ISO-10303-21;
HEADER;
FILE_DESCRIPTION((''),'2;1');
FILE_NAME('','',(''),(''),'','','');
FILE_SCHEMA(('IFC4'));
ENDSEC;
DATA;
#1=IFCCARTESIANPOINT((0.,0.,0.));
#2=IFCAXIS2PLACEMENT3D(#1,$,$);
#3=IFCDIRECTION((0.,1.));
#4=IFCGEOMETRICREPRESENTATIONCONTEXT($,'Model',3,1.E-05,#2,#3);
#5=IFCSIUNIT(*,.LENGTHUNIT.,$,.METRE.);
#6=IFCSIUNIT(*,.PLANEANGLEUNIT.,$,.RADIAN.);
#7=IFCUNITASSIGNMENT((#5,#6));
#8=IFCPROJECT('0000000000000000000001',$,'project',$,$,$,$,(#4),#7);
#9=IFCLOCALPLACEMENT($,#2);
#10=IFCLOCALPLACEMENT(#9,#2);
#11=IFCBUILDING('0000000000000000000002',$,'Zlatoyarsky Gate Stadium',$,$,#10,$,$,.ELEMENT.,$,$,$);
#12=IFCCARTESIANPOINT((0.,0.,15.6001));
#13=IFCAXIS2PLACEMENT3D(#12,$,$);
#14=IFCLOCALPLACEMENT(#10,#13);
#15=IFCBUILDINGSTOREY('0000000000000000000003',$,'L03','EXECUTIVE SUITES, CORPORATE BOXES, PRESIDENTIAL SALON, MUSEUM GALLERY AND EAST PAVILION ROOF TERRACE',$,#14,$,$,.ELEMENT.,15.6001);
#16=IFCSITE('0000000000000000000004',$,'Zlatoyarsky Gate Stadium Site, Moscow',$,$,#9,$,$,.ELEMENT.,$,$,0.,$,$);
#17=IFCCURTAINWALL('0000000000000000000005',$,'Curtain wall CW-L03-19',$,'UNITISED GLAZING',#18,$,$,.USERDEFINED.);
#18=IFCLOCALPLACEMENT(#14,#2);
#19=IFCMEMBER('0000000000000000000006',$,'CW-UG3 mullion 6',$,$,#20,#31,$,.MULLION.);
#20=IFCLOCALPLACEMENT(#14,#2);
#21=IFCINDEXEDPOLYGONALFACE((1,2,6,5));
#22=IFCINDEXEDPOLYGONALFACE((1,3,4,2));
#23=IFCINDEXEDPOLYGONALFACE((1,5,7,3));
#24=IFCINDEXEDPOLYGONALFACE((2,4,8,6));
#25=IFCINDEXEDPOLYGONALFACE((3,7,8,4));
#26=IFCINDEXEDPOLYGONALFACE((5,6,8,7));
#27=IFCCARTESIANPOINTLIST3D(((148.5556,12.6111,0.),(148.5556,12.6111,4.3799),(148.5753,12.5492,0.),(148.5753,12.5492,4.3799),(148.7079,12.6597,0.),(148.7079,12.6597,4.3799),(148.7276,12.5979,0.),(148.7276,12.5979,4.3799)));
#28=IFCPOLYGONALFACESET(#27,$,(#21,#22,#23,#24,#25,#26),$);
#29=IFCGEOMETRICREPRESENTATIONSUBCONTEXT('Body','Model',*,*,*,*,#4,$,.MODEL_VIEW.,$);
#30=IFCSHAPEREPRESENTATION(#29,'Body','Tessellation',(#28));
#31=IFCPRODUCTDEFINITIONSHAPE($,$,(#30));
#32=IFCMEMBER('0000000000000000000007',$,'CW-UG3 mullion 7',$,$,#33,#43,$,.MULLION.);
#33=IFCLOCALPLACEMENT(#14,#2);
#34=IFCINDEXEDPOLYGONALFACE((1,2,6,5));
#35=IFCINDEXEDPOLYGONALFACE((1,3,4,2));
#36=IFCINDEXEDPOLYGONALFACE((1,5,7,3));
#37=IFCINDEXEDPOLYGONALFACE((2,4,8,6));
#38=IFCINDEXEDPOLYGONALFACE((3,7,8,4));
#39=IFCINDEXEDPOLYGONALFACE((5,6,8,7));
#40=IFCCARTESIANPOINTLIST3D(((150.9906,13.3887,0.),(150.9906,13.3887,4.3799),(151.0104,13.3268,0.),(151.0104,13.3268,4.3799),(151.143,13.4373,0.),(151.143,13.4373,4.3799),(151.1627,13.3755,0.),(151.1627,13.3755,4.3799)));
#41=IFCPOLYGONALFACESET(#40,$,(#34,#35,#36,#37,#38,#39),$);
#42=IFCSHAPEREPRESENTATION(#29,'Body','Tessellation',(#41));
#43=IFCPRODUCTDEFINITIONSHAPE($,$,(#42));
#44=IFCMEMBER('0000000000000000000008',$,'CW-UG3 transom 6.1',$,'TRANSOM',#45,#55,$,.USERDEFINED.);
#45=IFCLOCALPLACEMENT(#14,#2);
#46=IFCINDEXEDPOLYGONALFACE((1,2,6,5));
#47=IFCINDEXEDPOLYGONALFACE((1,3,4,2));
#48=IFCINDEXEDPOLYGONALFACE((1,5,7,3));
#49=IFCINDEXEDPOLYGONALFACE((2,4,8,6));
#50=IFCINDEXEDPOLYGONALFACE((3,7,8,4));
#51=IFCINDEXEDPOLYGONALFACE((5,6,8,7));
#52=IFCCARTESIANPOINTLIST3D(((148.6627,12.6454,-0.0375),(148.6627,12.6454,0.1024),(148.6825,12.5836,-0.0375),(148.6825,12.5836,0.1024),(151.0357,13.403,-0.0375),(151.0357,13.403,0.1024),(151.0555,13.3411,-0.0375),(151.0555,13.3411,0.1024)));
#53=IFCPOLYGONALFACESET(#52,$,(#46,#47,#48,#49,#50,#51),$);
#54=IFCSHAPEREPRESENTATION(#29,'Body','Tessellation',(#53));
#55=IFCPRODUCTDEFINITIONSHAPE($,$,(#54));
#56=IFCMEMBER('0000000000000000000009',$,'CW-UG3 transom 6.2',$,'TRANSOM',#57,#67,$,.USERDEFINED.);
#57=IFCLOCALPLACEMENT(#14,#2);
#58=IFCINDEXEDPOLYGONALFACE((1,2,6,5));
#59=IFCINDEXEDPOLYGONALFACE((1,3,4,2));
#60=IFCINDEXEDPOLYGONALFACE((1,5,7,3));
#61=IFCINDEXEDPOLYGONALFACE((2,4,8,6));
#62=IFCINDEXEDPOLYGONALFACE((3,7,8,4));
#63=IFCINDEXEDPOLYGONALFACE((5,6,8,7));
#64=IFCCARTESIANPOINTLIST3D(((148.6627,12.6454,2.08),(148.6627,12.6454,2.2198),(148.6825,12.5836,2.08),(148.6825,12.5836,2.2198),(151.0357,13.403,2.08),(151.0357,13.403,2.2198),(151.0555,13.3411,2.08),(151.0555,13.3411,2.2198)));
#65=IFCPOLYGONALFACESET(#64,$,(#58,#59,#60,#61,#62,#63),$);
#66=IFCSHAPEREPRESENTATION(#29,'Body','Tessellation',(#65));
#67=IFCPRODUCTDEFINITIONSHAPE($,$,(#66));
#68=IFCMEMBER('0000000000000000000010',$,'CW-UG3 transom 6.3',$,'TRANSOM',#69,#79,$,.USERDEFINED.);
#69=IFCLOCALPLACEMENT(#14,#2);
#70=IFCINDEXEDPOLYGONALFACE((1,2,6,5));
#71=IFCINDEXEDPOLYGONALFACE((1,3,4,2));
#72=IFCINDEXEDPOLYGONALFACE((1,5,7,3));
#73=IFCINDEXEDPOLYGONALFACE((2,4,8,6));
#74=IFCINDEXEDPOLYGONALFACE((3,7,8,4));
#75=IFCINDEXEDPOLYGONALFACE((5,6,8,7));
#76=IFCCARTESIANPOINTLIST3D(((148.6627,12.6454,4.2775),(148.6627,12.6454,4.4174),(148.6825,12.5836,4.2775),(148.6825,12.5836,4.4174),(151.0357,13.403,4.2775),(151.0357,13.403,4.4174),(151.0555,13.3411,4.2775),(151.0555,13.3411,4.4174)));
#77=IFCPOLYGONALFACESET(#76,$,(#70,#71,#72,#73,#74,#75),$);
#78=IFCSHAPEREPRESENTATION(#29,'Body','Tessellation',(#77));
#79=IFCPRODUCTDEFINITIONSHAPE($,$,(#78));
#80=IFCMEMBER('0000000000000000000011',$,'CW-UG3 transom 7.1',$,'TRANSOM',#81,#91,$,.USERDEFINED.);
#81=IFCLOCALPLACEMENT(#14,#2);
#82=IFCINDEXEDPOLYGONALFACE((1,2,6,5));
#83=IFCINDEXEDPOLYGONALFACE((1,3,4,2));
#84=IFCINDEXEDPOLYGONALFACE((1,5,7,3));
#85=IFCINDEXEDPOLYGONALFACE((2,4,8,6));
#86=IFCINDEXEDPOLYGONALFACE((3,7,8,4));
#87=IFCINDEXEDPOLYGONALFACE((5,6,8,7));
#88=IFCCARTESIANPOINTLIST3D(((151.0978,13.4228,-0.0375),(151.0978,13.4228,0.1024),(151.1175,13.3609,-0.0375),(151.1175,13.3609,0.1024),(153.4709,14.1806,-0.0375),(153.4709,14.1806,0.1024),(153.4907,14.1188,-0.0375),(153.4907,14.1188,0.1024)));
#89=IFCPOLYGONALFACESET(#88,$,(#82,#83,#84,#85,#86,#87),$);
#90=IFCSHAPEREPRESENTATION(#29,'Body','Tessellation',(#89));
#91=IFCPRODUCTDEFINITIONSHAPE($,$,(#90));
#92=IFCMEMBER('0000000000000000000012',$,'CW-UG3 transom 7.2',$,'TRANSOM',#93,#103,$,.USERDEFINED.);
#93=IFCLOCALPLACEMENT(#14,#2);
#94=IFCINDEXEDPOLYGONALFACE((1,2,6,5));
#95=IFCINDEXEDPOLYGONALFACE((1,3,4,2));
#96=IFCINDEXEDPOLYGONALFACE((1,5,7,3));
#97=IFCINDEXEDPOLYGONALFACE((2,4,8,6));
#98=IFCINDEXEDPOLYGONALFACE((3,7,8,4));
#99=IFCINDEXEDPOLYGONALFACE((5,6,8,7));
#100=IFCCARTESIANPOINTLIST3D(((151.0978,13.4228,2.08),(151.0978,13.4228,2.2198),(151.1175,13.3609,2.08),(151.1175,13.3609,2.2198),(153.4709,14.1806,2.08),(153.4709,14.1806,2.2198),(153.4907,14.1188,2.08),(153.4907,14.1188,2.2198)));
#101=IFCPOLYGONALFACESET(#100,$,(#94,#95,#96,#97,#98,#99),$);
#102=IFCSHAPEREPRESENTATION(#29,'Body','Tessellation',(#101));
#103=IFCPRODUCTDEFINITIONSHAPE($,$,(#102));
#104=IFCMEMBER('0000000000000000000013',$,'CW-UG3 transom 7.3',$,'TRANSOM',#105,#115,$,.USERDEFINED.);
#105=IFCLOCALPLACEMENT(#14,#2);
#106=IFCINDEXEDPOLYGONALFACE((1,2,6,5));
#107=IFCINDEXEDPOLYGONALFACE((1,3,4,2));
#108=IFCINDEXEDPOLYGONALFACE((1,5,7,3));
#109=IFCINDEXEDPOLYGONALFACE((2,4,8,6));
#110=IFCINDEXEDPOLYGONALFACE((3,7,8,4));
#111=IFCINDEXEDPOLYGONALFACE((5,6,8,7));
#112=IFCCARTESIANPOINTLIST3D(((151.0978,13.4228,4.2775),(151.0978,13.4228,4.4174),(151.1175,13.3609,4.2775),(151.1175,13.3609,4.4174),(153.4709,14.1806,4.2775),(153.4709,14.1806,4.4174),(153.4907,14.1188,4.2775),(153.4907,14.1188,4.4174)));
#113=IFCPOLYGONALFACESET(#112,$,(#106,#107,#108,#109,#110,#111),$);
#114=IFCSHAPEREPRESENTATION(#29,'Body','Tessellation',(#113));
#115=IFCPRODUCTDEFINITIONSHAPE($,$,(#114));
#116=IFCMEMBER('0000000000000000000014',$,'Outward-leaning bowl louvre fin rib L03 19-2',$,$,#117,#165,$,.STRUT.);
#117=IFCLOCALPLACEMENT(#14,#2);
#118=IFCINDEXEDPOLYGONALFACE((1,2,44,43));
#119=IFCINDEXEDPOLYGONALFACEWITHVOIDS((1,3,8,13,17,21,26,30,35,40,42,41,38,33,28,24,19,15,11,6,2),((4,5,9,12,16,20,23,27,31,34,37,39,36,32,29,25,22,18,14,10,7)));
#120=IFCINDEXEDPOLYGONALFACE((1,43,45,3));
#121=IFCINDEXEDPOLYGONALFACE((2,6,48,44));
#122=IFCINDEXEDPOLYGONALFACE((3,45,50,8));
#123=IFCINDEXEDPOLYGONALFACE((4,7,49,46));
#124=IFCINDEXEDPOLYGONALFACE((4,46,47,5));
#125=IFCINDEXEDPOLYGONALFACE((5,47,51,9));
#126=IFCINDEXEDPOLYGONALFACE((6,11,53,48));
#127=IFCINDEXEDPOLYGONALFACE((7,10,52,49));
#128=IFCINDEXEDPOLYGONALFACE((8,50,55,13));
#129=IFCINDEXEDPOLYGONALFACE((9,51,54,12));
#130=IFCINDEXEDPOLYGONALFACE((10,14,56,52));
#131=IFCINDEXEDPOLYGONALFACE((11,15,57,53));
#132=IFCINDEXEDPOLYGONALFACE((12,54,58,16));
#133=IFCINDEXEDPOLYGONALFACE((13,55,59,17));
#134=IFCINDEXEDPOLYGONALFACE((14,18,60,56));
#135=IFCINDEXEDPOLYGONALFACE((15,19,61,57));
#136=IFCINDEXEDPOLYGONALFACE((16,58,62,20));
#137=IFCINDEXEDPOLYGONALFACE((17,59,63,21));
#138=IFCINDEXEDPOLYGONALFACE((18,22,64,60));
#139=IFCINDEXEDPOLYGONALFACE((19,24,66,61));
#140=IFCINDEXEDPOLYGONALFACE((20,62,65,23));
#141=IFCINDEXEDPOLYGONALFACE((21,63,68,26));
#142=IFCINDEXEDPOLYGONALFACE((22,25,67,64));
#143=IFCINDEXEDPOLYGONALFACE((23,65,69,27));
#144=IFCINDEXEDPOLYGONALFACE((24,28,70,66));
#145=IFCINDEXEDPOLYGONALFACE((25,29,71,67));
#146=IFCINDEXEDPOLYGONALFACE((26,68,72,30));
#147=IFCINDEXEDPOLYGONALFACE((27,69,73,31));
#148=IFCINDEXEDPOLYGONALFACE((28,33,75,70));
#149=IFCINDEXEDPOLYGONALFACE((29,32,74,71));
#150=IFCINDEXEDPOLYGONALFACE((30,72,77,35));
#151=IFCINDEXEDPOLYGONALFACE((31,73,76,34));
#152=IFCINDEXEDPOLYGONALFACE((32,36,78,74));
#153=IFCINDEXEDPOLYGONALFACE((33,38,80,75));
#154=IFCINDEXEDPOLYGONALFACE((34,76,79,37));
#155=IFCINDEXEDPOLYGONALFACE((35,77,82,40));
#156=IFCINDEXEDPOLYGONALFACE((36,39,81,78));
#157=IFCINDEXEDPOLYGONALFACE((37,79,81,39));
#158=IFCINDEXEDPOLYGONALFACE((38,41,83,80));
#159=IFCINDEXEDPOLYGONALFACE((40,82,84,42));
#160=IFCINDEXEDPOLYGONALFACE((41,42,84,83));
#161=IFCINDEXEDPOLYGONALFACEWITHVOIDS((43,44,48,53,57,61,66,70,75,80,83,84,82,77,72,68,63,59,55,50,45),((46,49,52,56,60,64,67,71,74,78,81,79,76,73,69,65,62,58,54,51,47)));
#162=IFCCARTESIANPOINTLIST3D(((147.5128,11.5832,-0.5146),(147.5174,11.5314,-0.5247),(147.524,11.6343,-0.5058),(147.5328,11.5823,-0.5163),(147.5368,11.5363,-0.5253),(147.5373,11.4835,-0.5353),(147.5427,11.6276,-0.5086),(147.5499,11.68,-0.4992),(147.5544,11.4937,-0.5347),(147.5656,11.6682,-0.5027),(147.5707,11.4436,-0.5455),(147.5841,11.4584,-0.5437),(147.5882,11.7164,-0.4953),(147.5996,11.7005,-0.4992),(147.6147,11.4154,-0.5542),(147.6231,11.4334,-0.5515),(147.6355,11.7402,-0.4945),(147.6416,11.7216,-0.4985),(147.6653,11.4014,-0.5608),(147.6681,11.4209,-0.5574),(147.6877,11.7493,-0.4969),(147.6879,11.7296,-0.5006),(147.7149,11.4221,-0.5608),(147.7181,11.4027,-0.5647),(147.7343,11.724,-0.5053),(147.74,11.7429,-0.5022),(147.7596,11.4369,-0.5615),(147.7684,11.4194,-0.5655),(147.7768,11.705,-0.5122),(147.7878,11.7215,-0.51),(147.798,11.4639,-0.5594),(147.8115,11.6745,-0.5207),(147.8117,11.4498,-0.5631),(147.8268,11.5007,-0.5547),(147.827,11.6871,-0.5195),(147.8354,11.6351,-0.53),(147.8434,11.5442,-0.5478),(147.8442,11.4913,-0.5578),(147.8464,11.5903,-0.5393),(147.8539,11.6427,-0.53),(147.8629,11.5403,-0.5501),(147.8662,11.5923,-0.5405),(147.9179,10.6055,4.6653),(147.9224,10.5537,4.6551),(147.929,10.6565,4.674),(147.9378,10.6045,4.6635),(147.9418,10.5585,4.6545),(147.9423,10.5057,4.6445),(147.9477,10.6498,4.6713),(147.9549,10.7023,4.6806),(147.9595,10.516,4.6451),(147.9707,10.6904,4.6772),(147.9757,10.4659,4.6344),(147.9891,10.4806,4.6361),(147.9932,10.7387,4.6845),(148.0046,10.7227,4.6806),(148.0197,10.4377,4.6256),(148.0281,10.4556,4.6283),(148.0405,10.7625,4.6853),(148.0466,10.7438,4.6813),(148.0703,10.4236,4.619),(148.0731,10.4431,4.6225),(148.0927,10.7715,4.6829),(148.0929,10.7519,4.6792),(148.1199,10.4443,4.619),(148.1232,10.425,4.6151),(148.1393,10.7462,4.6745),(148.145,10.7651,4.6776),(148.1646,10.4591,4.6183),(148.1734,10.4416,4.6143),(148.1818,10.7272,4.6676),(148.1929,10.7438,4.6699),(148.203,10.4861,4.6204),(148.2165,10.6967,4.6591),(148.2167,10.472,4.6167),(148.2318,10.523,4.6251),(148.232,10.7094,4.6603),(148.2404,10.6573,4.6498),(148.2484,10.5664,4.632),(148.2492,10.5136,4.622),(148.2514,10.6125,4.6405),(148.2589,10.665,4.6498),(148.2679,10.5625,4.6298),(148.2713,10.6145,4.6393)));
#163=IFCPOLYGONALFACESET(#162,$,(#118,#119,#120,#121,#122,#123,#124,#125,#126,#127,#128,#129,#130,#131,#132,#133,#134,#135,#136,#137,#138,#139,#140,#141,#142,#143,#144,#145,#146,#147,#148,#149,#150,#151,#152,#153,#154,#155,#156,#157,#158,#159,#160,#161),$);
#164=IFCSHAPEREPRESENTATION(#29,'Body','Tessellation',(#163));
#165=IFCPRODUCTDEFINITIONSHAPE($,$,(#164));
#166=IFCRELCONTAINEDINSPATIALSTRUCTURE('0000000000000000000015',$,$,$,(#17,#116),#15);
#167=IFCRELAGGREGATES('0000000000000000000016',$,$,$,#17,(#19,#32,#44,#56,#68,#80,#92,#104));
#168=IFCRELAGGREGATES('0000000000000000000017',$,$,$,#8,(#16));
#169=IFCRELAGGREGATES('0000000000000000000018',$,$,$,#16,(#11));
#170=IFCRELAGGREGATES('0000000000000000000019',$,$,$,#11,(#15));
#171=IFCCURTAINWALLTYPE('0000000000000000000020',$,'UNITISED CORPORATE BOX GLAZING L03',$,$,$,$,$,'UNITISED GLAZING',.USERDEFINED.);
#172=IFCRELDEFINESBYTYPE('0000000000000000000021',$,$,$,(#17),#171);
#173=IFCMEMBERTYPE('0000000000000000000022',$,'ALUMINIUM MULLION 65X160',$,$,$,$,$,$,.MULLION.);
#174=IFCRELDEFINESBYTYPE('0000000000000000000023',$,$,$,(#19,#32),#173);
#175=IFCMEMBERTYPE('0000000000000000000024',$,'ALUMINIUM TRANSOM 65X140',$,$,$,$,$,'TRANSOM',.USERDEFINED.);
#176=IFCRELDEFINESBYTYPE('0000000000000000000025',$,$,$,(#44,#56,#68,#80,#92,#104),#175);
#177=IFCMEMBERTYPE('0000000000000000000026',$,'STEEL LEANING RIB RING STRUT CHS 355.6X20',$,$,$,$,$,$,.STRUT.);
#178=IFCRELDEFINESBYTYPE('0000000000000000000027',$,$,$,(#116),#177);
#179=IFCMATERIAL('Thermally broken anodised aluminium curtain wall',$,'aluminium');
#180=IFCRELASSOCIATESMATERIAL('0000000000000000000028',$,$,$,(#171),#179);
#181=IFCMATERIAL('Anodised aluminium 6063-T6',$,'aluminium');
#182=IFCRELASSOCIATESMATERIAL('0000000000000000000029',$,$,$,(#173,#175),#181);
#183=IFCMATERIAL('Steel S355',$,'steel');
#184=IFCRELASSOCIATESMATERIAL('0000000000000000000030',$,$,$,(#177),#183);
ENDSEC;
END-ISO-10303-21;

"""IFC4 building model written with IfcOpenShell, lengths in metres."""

from ifc_helpers import new_model, si_unit, direction, frame, origin, origin_2d, place, context, subcontext, project, spatial, rectangle, hollow_circle, extrude, material, material_profile, profile_set, type_object, element, aggregate, save


model = new_model("IFC4")

# Units and contexts
model_context = context("Model", 3, precision=1e-05, world=origin(), true_north=direction((0.0, 1.0)))
body_context = subcontext(model_context, "Body", "Model", "MODEL_VIEW")
ifc_project = project(units=[si_unit("LENGTHUNIT", "METRE"), si_unit("PLANEANGLEUNIT", "RADIAN")], contexts=[model_context])

# Site, building, storey
site_placement = place(None, origin())
site = spatial("IfcSite", under=ifc_project, at=site_placement, Name="Zlatoyarsky Gate Stadium Site, Moscow", CompositionType="ELEMENT", RefElevation=0.0)
building_placement = place(site_placement, origin())
building = spatial("IfcBuilding", under=site, at=building_placement, Name="Zlatoyarsky Gate Stadium", CompositionType="ELEMENT")
storey_placement = place(building_placement, frame((0.0, 0.0, 15.6001)))
storey = spatial("IfcBuildingStorey", under=building, at=storey_placement, Name="L03", Description="EXECUTIVE SUITES, CORPORATE BOXES, PRESIDENTIAL SALON, MUSEUM GALLERY AND EAST PAVILION ROOF TERRACE", CompositionType="ELEMENT", Elevation=15.6001)

# Curtain wall, members
ifc_material_1 = material(Name="Thermally broken anodised aluminium curtain wall", Category="aluminium")
curtain_wall_type = type_object("IfcCurtainWallType", Name="UNITISED CORPORATE BOX GLAZING L03", ElementType="UNITISED GLAZING", PredefinedType="USERDEFINED", material=ifc_material_1)
curtain_wall_placement = place(storey_placement, origin())
curtain_wall = element("IfcCurtainWall", 1, at=curtain_wall_placement, inside=storey, type_object=curtain_wall_type, Name="Curtain wall CW-L03-19", ObjectType="UNITISED GLAZING", PredefinedType="USERDEFINED")
ifc_material_2 = material(Name="Anodised aluminium 6063-T6", Category="aluminium")
ifc_material_profile_1 = material_profile(ifc_material_2, rectangle(XDim=0.0649, YDim=0.1599, at=origin_2d()), Name="ALU 65X160")
ifc_profile_set_1 = profile_set([ifc_material_profile_1], Name="Anodised aluminium 6063-T6")
member_type_1 = type_object("IfcMemberType", Name="ALUMINIUM MULLION 65X160", PredefinedType="MULLION", material=ifc_profile_set_1)
member_1_placement = place(storey_placement, frame((148.6416, 12.6045, 0.0), z_axis=(0.0, 0.0, 1.0), x_axis=(-0.304162, 0.95262, 0.0)))
member_1 = element("IfcMember", 2, at=member_1_placement, type_object=member_type_1, Name="CW-UG3 mullion 6", PredefinedType="MULLION", context=body_context, shape_type="SweptSolid", body=[
    extrude(rectangle(XDim=0.0649, YDim=0.1599, at=origin_2d()), origin(), (0.0, 0.0, 1.0), 4.3799),
])
member_2_placement = place(storey_placement, frame((151.0767, 13.3821, 0.0), z_axis=(0.0, 0.0, 1.0), x_axis=(-0.304162, 0.95262, 0.0)))
member_2 = element("IfcMember", 3, at=member_2_placement, type_object=member_type_1, Name="CW-UG3 mullion 7", PredefinedType="MULLION", context=body_context, shape_type="SweptSolid", body=[
    extrude(rectangle(XDim=0.0649, YDim=0.1599, at=origin_2d()), origin(), (0.0, 0.0, 1.0), 4.3799),
])
ifc_material_profile_2 = material_profile(ifc_material_2, rectangle(XDim=0.0649, YDim=0.1399, at=origin_2d()), Name="ALU 65X140")
ifc_profile_set_2 = profile_set([ifc_material_profile_2], Name="Anodised aluminium 6063-T6")
member_type_2 = type_object("IfcMemberType", Name="ALUMINIUM TRANSOM 65X140", ElementType="TRANSOM", PredefinedType="USERDEFINED", material=ifc_profile_set_2)
member_3_placement = place(storey_placement, frame((148.6726, 12.6145, 0.0325), z_axis=(0.952634, 0.304118, 0.0), x_axis=(-0.304118, 0.952634, 0.0)))
member_3 = element("IfcMember", 4, at=member_3_placement, type_object=member_type_2, Name="CW-UG3 transom 6.1", ObjectType="TRANSOM", PredefinedType="USERDEFINED", context=body_context, shape_type="SweptSolid", body=[
    extrude(rectangle(XDim=0.0649, YDim=0.1399, at=origin_2d()), origin(), (0.0, 0.0, 1.0), 2.491),
])
member_4_placement = place(storey_placement, frame((148.6726, 12.6145, 2.1499), z_axis=(0.952634, 0.304118, 0.0), x_axis=(-0.304118, 0.952634, 0.0)))
member_4 = element("IfcMember", 5, at=member_4_placement, type_object=member_type_2, Name="CW-UG3 transom 6.2", ObjectType="TRANSOM", PredefinedType="USERDEFINED", context=body_context, shape_type="SweptSolid", body=[
    extrude(rectangle(XDim=0.0649, YDim=0.1399, at=origin_2d()), origin(), (0.0, 0.0, 1.0), 2.491),
])
member_5_placement = place(storey_placement, frame((148.6726, 12.6145, 4.3474), z_axis=(0.952634, 0.304118, 0.0), x_axis=(-0.304118, 0.952634, 0.0)))
member_5 = element("IfcMember", 6, at=member_5_placement, type_object=member_type_2, Name="CW-UG3 transom 6.3", ObjectType="TRANSOM", PredefinedType="USERDEFINED", context=body_context, shape_type="SweptSolid", body=[
    extrude(rectangle(XDim=0.0649, YDim=0.1399, at=origin_2d()), origin(), (0.0, 0.0, 1.0), 2.491),
])
member_6_placement = place(storey_placement, frame((151.1077, 13.3918, 0.0325), z_axis=(0.952606, 0.304207, 0.0), x_axis=(-0.304207, 0.952606, 0.0)))
member_6 = element("IfcMember", 7, at=member_6_placement, type_object=member_type_2, Name="CW-UG3 transom 7.1", ObjectType="TRANSOM", PredefinedType="USERDEFINED", context=body_context, shape_type="SweptSolid", body=[
    extrude(rectangle(XDim=0.0649, YDim=0.1399, at=origin_2d()), origin(), (0.0, 0.0, 1.0), 2.4912),
])
member_7_placement = place(storey_placement, frame((151.1077, 13.3918, 2.1499), z_axis=(0.952606, 0.304207, 0.0), x_axis=(-0.304207, 0.952606, 0.0)))
member_7 = element("IfcMember", 8, at=member_7_placement, type_object=member_type_2, Name="CW-UG3 transom 7.2", ObjectType="TRANSOM", PredefinedType="USERDEFINED", context=body_context, shape_type="SweptSolid", body=[
    extrude(rectangle(XDim=0.0649, YDim=0.1399, at=origin_2d()), origin(), (0.0, 0.0, 1.0), 2.4912),
])
member_8_placement = place(storey_placement, frame((151.1077, 13.3918, 4.3474), z_axis=(0.952606, 0.304207, 0.0), x_axis=(-0.304207, 0.952606, 0.0)))
member_8 = element("IfcMember", 9, at=member_8_placement, type_object=member_type_2, Name="CW-UG3 transom 7.3", ObjectType="TRANSOM", PredefinedType="USERDEFINED", context=body_context, shape_type="SweptSolid", body=[
    extrude(rectangle(XDim=0.0649, YDim=0.1399, at=origin_2d()), origin(), (0.0, 0.0, 1.0), 2.4912),
])

# Member
ifc_material_3 = material(Name="Steel S355", Category="steel")
ifc_material_profile_3 = material_profile(ifc_material_3, hollow_circle(Radius=0.1777, WallThickness=0.02, at=origin_2d()), Name="CHS 355.6X20")
ifc_profile_set_3 = profile_set([ifc_material_profile_3], Name="Steel S355")
member_type_3 = type_object("IfcMemberType", Name="STEEL LEANING RIB RING STRUT CHS 355.6X20", PredefinedType="STRUT", material=ifc_profile_set_3)
member_9_placement = place(storey_placement, frame((147.6897, 11.5747, -0.53), z_axis=(0.076609, -0.184943, 0.979759), x_axis=(0.923873, 0.382698, 0.0)))
element("IfcMember", 10, at=member_9_placement, inside=storey, type_object=member_type_3, Name="Outward-leaning bowl louvre fin rib L03 19-2", PredefinedType="STRUT", context=body_context, shape_type="SweptSolid", body=[
    extrude(hollow_circle(Radius=0.1777, WallThickness=0.02, at=origin_2d()), origin(), (0.0, 0.0, 1.0), 5.2869),
])

aggregate(curtain_wall, [member_1, member_2, member_3, member_4, member_5, member_6, member_7, member_8])

save(model, "model.ifc")
